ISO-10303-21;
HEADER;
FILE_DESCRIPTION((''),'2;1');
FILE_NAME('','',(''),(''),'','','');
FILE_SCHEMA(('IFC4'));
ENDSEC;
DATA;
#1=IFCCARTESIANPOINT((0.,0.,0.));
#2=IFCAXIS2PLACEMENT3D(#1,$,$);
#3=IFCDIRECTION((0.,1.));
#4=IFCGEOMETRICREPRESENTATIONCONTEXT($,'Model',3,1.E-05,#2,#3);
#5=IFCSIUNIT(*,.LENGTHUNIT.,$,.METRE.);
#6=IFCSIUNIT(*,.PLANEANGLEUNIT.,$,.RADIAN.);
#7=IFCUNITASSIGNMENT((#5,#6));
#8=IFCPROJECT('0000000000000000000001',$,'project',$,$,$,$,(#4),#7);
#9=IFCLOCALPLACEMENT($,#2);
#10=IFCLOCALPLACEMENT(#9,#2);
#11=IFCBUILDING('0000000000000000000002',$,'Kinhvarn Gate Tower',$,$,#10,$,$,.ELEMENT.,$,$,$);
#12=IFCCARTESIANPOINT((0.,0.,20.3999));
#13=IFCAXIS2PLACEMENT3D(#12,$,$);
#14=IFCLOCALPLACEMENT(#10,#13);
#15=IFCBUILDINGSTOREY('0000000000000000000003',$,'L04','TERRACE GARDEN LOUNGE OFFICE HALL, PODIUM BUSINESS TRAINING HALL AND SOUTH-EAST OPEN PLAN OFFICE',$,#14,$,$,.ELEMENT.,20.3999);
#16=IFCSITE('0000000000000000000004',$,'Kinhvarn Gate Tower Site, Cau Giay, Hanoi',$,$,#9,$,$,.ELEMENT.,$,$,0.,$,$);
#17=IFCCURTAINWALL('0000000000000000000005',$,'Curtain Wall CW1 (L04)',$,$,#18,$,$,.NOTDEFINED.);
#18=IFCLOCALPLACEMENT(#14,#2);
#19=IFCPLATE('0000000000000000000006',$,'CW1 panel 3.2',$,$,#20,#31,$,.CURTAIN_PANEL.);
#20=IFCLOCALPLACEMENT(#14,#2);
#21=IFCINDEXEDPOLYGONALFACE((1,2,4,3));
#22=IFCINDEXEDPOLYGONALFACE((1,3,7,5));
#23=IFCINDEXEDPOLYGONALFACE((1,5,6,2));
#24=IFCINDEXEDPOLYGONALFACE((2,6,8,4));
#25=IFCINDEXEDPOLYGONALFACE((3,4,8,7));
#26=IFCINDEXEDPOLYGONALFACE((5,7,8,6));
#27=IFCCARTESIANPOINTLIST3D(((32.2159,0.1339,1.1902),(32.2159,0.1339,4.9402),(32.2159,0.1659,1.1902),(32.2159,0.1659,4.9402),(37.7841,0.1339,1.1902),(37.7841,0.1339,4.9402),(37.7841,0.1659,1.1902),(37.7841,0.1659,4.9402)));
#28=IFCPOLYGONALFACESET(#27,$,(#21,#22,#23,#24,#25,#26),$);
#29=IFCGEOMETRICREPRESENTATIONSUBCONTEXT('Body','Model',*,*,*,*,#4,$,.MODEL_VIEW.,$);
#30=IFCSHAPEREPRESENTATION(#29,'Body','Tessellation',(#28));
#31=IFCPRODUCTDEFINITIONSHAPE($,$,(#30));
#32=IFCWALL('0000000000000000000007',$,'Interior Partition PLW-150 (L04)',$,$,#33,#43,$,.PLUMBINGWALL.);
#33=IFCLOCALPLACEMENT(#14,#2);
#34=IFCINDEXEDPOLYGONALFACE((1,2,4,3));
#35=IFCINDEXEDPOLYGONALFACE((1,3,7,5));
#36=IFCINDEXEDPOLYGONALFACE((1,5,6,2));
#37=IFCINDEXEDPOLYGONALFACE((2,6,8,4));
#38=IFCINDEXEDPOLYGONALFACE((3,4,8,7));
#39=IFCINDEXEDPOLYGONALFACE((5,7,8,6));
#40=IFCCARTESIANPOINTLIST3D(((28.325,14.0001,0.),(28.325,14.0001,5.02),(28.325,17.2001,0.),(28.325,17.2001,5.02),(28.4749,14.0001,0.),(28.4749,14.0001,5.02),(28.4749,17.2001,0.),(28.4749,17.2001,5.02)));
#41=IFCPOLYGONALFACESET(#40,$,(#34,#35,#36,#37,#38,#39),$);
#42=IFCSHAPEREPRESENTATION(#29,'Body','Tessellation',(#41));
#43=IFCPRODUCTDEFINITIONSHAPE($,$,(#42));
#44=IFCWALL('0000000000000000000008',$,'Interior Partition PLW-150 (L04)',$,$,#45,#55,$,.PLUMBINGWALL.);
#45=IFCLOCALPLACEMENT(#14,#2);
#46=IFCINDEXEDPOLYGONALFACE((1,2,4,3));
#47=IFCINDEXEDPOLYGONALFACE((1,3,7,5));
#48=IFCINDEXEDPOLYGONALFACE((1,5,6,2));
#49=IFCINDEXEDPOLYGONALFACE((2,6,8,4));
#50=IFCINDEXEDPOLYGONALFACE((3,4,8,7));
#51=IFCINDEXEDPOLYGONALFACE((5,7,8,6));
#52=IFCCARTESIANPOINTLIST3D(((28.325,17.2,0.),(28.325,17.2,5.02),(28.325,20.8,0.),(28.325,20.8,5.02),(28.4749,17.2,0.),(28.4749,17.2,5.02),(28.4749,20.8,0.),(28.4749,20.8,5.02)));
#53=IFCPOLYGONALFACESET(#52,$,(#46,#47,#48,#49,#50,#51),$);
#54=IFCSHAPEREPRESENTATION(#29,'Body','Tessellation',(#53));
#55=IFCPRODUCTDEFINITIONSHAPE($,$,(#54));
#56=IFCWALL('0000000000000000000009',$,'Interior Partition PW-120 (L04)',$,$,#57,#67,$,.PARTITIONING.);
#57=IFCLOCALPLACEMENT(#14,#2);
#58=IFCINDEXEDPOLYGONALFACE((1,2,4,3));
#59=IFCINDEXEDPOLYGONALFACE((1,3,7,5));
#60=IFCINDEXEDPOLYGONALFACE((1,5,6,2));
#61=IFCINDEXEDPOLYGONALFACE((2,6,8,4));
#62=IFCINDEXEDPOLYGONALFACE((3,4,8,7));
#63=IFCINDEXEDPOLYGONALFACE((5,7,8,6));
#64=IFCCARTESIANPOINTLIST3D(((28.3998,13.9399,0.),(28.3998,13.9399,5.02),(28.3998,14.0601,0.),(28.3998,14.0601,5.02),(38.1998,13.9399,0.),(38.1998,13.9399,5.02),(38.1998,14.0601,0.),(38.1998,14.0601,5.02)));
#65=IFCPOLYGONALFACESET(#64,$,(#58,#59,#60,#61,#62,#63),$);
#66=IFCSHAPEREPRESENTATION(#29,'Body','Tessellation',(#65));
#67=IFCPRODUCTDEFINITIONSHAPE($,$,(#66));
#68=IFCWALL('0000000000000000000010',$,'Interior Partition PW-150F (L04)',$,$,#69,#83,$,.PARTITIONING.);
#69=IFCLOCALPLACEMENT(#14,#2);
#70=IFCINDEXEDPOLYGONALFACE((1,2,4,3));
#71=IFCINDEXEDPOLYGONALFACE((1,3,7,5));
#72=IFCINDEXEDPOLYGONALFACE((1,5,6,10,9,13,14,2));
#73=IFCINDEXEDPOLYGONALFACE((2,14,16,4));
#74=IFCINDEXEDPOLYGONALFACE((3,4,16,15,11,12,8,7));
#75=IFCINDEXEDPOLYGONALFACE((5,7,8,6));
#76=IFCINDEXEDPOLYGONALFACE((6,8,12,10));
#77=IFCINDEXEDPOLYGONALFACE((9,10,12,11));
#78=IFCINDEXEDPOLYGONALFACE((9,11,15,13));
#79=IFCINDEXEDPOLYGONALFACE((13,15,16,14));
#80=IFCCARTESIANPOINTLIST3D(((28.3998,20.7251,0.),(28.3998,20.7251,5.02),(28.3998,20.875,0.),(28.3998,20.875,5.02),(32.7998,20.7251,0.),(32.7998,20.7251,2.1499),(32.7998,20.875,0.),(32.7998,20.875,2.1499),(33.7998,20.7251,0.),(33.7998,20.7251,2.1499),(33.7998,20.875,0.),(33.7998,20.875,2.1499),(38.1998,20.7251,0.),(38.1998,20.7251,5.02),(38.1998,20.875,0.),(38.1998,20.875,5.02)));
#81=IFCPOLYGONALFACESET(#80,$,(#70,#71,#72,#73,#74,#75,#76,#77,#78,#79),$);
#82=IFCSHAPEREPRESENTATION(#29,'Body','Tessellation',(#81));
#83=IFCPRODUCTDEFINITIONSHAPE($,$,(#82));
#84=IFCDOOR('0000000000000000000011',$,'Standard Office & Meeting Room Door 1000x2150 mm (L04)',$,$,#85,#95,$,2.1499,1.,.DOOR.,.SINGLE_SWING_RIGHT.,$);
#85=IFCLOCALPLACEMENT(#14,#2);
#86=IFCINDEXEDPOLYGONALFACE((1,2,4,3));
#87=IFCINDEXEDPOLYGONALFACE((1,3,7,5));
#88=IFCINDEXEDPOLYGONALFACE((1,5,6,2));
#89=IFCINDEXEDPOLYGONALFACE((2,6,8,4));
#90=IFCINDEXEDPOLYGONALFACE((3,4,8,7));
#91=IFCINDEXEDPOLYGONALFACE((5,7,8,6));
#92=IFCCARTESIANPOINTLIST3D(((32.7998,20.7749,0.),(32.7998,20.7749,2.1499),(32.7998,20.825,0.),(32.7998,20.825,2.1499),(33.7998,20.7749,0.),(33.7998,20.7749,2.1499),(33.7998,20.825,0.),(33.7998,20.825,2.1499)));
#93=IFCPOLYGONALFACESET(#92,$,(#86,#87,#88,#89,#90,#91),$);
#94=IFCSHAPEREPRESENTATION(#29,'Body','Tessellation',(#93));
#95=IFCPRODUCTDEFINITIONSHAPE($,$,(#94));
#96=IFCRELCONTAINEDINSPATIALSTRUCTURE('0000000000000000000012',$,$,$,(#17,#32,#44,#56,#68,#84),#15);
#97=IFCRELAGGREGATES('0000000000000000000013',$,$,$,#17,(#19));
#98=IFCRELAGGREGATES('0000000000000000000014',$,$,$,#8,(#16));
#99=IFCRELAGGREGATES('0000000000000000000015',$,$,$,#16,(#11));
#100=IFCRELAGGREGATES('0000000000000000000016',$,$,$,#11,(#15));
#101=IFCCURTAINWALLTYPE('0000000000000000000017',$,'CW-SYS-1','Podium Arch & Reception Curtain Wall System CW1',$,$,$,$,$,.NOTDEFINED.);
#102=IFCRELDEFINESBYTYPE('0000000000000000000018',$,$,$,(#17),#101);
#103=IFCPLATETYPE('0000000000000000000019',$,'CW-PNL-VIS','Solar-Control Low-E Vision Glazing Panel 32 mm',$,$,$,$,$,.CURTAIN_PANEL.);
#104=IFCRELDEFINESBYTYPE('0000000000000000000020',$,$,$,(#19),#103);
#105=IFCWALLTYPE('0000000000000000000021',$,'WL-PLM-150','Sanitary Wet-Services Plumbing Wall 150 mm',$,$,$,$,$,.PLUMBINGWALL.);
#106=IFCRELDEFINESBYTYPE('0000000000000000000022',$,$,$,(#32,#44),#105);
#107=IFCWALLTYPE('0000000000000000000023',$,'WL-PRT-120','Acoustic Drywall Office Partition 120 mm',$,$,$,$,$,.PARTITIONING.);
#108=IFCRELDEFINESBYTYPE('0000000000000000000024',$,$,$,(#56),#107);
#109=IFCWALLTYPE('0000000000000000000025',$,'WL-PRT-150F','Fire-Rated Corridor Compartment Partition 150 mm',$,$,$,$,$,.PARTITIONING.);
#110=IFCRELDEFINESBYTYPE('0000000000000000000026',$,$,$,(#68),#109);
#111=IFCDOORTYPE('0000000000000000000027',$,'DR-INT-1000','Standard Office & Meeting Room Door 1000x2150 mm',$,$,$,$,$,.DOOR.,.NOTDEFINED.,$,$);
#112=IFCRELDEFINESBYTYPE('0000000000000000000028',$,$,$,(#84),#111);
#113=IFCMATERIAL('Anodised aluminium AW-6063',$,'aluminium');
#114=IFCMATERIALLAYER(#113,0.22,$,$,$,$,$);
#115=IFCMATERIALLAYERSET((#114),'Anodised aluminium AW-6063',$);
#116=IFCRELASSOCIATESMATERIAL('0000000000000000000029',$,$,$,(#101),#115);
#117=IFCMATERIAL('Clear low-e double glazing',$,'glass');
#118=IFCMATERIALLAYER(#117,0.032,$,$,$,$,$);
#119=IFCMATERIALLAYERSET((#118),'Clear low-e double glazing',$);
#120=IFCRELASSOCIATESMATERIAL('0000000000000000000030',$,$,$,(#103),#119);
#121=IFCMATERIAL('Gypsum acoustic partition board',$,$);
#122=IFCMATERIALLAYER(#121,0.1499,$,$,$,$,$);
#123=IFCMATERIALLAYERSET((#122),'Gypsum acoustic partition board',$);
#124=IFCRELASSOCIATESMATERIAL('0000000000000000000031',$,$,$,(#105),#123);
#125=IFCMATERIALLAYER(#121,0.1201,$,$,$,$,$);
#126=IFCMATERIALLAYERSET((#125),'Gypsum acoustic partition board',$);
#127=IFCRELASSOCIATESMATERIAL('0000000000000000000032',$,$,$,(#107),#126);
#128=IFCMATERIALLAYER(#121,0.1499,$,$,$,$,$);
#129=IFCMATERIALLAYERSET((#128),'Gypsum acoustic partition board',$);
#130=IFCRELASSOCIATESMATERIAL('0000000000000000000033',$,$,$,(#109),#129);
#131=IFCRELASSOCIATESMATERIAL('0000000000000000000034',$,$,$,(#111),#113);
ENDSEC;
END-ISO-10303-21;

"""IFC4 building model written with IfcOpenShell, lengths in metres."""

from ifc_helpers import new_model, si_unit, direction, frame, frame_2d, origin, origin_2d, place, context, subcontext, project, spatial, rectangle, extrude, material, layer, layer_set, type_object, element, fill, aggregate, save


model = new_model("IFC4")

# Units and contexts
model_context = context("Model", 3, precision=1e-05, world=origin(), true_north=direction((0.0, 1.0)))
body_context = subcontext(model_context, "Body", "Model", "MODEL_VIEW")
ifc_project = project(units=[si_unit("LENGTHUNIT", "METRE"), si_unit("PLANEANGLEUNIT", "RADIAN")], contexts=[model_context])

# Site, building, storey
site_placement = place(None, origin())
site = spatial("IfcSite", under=ifc_project, at=site_placement, Name="Kinhvarn Gate Tower Site, Cau Giay, Hanoi", CompositionType="ELEMENT", RefElevation=0.0)
building_placement = place(site_placement, origin())
building = spatial("IfcBuilding", under=site, at=building_placement, Name="Kinhvarn Gate Tower", CompositionType="ELEMENT")
storey_placement = place(building_placement, frame((0.0, 0.0, 20.3999)))
storey = spatial("IfcBuildingStorey", under=building, at=storey_placement, Name="L04", Description="TERRACE GARDEN LOUNGE OFFICE HALL, PODIUM BUSINESS TRAINING HALL AND SOUTH-EAST OPEN PLAN OFFICE", CompositionType="ELEMENT", Elevation=20.3999)

# Curtain wall
ifc_material_1 = material(Name="Anodised aluminium AW-6063", Category="aluminium")
ifc_layer_1 = layer(ifc_material_1, 0.22)
ifc_layer_set_1 = layer_set([ifc_layer_1], Name="Anodised aluminium AW-6063")
curtain_wall_type = type_object("IfcCurtainWallType", Name="CW-SYS-1", Description="Podium Arch & Reception Curtain Wall System CW1", PredefinedType="NOTDEFINED", material=ifc_layer_set_1)
curtain_wall_placement = place(storey_placement, origin())
curtain_wall = element("IfcCurtainWall", 1, at=curtain_wall_placement, inside=storey, type_object=curtain_wall_type, Name="Curtain Wall CW1 (L04)", PredefinedType="NOTDEFINED")

# Plate
ifc_material_2 = material(Name="Clear low-e double glazing", Category="glass")
ifc_layer_2 = layer(ifc_material_2, 0.032)
ifc_layer_set_2 = layer_set([ifc_layer_2], Name="Clear low-e double glazing")
plate_type = type_object("IfcPlateType", Name="CW-PNL-VIS", Description="Solar-Control Low-E Vision Glazing Panel 32 mm", PredefinedType="CURTAIN_PANEL", material=ifc_layer_set_2)
plate_1_placement = place(storey_placement, frame((35.0, 0.1499, 1.1902), z_axis=(0.0, 0.0, 1.0), x_axis=(1.0, 0.0, 0.0)))
plate_1 = element("IfcPlate", 2, at=plate_1_placement, type_object=plate_type, Name="CW1 panel 3.2", PredefinedType="CURTAIN_PANEL", context=body_context, shape_type="SweptSolid", body=[
    extrude(rectangle(XDim=5.5681, YDim=0.032, at=origin_2d()), origin(), (0.0, 0.0, 1.0), 3.75),
])
aggregate(curtain_wall, [plate_1])

# Walls
ifc_material_3 = material(Name="Gypsum acoustic partition board")
ifc_layer_3 = layer(ifc_material_3, 0.1499)
ifc_layer_set_3 = layer_set([ifc_layer_3], Name="Gypsum acoustic partition board")
wall_type_1 = type_object("IfcWallType", Name="WL-PLM-150", Description="Sanitary Wet-Services Plumbing Wall 150 mm", PredefinedType="PLUMBINGWALL", material=ifc_layer_set_3)
wall_1_placement = place(storey_placement, frame((28.3999, 14.0, 0.0), z_axis=(0.0, 0.0, 1.0), x_axis=(0.0, 1.0, 0.0)))
element("IfcWall", 3, at=wall_1_placement, inside=storey, type_object=wall_type_1, Name="Interior Partition PLW-150 (L04)", PredefinedType="PLUMBINGWALL", context=body_context, shape_type="SweptSolid", body=[
    extrude(rectangle(XDim=3.2, YDim=0.1499, at=frame_2d((1.6001, 0.0))), origin(), (0.0, 0.0, 1.0), 5.02),
])
wall_2_placement = place(storey_placement, frame((28.3999, 17.2, 0.0), z_axis=(0.0, 0.0, 1.0), x_axis=(0.0, 1.0, 0.0)))
element("IfcWall", 4, at=wall_2_placement, inside=storey, type_object=wall_type_1, Name="Interior Partition PLW-150 (L04)", PredefinedType="PLUMBINGWALL", context=body_context, shape_type="SweptSolid", body=[
    extrude(rectangle(XDim=3.6001, YDim=0.1499, at=frame_2d((1.8, 0.0))), origin(), (0.0, 0.0, 1.0), 5.02),
])
ifc_layer_4 = layer(ifc_material_3, 0.1201)
ifc_layer_set_4 = layer_set([ifc_layer_4], Name="Gypsum acoustic partition board")
wall_type_2 = type_object("IfcWallType", Name="WL-PRT-120", Description="Acoustic Drywall Office Partition 120 mm", PredefinedType="PARTITIONING", material=ifc_layer_set_4)
wall_3_placement = place(storey_placement, frame((28.3999, 14.0, 0.0), z_axis=(0.0, 0.0, 1.0), x_axis=(1.0, 0.0, 0.0)))
element("IfcWall", 5, at=wall_3_placement, inside=storey, type_object=wall_type_2, Name="Interior Partition PW-120 (L04)", PredefinedType="PARTITIONING", context=body_context, shape_type="SweptSolid", body=[
    extrude(rectangle(XDim=9.8, YDim=0.1201, at=frame_2d((4.8999, 0.0))), origin(), (0.0, 0.0, 1.0), 5.02),
])

# Wall, opening, door
ifc_layer_5 = layer(ifc_material_3, 0.1499)
ifc_layer_set_5 = layer_set([ifc_layer_5], Name="Gypsum acoustic partition board")
wall_type_3 = type_object("IfcWallType", Name="WL-PRT-150F", Description="Fire-Rated Corridor Compartment Partition 150 mm", PredefinedType="PARTITIONING", material=ifc_layer_set_5)
wall_4_placement = place(storey_placement, frame((28.3999, 20.8, 0.0), z_axis=(0.0, 0.0, 1.0), x_axis=(1.0, 0.0, 0.0)))
wall_4 = element("IfcWall", 6, at=wall_4_placement, inside=storey, type_object=wall_type_3, Name="Interior Partition PW-150F (L04)", PredefinedType="PARTITIONING", context=body_context, shape_type="SweptSolid", body=[
    extrude(rectangle(XDim=9.8, YDim=0.1499, at=frame_2d((4.8999, 0.0))), origin(), (0.0, 0.0, 1.0), 5.02),
])
opening_placement = place(wall_4_placement, frame((4.3999, 0.0, 0.0)))
opening = element("IfcOpeningElement", 7, at=opening_placement, cuts=wall_4, PredefinedType="OPENING", context=body_context, shape_type="SweptSolid", body=[
    extrude(rectangle(XDim=1.0, YDim=2.1499, at=frame_2d((0.5, 1.075))), frame((0.0, 0.085, 0.0), z_axis=(0.0, -1.0, 0.0), x_axis=(1.0, 0.0, 0.0)), (0.0, 0.0, 1.0), 0.1699),
])
door_type = type_object("IfcDoorType", Name="DR-INT-1000", Description="Standard Office & Meeting Room Door 1000x2150 mm", OperationType="NOTDEFINED", PredefinedType="DOOR", material=ifc_material_1)
door_placement = place(opening_placement, origin())
door = element("IfcDoor", 8, at=door_placement, inside=storey, type_object=door_type, Name="Standard Office & Meeting Room Door 1000x2150 mm (L04)", OperationType="SINGLE_SWING_RIGHT", OverallHeight=2.1499, OverallWidth=1.0, PredefinedType="DOOR", context=body_context, shape_type="SweptSolid", body=[
    extrude(rectangle(XDim=1.0, YDim=2.1499, at=frame_2d((0.5, 1.075))), frame((0.0, 0.0249, 0.0), z_axis=(0.0, -1.0, 0.0), x_axis=(1.0, 0.0, 0.0)), (0.0, 0.0, 1.0), 0.05),
])
fill(opening, door)

save(model, "model.ifc")
